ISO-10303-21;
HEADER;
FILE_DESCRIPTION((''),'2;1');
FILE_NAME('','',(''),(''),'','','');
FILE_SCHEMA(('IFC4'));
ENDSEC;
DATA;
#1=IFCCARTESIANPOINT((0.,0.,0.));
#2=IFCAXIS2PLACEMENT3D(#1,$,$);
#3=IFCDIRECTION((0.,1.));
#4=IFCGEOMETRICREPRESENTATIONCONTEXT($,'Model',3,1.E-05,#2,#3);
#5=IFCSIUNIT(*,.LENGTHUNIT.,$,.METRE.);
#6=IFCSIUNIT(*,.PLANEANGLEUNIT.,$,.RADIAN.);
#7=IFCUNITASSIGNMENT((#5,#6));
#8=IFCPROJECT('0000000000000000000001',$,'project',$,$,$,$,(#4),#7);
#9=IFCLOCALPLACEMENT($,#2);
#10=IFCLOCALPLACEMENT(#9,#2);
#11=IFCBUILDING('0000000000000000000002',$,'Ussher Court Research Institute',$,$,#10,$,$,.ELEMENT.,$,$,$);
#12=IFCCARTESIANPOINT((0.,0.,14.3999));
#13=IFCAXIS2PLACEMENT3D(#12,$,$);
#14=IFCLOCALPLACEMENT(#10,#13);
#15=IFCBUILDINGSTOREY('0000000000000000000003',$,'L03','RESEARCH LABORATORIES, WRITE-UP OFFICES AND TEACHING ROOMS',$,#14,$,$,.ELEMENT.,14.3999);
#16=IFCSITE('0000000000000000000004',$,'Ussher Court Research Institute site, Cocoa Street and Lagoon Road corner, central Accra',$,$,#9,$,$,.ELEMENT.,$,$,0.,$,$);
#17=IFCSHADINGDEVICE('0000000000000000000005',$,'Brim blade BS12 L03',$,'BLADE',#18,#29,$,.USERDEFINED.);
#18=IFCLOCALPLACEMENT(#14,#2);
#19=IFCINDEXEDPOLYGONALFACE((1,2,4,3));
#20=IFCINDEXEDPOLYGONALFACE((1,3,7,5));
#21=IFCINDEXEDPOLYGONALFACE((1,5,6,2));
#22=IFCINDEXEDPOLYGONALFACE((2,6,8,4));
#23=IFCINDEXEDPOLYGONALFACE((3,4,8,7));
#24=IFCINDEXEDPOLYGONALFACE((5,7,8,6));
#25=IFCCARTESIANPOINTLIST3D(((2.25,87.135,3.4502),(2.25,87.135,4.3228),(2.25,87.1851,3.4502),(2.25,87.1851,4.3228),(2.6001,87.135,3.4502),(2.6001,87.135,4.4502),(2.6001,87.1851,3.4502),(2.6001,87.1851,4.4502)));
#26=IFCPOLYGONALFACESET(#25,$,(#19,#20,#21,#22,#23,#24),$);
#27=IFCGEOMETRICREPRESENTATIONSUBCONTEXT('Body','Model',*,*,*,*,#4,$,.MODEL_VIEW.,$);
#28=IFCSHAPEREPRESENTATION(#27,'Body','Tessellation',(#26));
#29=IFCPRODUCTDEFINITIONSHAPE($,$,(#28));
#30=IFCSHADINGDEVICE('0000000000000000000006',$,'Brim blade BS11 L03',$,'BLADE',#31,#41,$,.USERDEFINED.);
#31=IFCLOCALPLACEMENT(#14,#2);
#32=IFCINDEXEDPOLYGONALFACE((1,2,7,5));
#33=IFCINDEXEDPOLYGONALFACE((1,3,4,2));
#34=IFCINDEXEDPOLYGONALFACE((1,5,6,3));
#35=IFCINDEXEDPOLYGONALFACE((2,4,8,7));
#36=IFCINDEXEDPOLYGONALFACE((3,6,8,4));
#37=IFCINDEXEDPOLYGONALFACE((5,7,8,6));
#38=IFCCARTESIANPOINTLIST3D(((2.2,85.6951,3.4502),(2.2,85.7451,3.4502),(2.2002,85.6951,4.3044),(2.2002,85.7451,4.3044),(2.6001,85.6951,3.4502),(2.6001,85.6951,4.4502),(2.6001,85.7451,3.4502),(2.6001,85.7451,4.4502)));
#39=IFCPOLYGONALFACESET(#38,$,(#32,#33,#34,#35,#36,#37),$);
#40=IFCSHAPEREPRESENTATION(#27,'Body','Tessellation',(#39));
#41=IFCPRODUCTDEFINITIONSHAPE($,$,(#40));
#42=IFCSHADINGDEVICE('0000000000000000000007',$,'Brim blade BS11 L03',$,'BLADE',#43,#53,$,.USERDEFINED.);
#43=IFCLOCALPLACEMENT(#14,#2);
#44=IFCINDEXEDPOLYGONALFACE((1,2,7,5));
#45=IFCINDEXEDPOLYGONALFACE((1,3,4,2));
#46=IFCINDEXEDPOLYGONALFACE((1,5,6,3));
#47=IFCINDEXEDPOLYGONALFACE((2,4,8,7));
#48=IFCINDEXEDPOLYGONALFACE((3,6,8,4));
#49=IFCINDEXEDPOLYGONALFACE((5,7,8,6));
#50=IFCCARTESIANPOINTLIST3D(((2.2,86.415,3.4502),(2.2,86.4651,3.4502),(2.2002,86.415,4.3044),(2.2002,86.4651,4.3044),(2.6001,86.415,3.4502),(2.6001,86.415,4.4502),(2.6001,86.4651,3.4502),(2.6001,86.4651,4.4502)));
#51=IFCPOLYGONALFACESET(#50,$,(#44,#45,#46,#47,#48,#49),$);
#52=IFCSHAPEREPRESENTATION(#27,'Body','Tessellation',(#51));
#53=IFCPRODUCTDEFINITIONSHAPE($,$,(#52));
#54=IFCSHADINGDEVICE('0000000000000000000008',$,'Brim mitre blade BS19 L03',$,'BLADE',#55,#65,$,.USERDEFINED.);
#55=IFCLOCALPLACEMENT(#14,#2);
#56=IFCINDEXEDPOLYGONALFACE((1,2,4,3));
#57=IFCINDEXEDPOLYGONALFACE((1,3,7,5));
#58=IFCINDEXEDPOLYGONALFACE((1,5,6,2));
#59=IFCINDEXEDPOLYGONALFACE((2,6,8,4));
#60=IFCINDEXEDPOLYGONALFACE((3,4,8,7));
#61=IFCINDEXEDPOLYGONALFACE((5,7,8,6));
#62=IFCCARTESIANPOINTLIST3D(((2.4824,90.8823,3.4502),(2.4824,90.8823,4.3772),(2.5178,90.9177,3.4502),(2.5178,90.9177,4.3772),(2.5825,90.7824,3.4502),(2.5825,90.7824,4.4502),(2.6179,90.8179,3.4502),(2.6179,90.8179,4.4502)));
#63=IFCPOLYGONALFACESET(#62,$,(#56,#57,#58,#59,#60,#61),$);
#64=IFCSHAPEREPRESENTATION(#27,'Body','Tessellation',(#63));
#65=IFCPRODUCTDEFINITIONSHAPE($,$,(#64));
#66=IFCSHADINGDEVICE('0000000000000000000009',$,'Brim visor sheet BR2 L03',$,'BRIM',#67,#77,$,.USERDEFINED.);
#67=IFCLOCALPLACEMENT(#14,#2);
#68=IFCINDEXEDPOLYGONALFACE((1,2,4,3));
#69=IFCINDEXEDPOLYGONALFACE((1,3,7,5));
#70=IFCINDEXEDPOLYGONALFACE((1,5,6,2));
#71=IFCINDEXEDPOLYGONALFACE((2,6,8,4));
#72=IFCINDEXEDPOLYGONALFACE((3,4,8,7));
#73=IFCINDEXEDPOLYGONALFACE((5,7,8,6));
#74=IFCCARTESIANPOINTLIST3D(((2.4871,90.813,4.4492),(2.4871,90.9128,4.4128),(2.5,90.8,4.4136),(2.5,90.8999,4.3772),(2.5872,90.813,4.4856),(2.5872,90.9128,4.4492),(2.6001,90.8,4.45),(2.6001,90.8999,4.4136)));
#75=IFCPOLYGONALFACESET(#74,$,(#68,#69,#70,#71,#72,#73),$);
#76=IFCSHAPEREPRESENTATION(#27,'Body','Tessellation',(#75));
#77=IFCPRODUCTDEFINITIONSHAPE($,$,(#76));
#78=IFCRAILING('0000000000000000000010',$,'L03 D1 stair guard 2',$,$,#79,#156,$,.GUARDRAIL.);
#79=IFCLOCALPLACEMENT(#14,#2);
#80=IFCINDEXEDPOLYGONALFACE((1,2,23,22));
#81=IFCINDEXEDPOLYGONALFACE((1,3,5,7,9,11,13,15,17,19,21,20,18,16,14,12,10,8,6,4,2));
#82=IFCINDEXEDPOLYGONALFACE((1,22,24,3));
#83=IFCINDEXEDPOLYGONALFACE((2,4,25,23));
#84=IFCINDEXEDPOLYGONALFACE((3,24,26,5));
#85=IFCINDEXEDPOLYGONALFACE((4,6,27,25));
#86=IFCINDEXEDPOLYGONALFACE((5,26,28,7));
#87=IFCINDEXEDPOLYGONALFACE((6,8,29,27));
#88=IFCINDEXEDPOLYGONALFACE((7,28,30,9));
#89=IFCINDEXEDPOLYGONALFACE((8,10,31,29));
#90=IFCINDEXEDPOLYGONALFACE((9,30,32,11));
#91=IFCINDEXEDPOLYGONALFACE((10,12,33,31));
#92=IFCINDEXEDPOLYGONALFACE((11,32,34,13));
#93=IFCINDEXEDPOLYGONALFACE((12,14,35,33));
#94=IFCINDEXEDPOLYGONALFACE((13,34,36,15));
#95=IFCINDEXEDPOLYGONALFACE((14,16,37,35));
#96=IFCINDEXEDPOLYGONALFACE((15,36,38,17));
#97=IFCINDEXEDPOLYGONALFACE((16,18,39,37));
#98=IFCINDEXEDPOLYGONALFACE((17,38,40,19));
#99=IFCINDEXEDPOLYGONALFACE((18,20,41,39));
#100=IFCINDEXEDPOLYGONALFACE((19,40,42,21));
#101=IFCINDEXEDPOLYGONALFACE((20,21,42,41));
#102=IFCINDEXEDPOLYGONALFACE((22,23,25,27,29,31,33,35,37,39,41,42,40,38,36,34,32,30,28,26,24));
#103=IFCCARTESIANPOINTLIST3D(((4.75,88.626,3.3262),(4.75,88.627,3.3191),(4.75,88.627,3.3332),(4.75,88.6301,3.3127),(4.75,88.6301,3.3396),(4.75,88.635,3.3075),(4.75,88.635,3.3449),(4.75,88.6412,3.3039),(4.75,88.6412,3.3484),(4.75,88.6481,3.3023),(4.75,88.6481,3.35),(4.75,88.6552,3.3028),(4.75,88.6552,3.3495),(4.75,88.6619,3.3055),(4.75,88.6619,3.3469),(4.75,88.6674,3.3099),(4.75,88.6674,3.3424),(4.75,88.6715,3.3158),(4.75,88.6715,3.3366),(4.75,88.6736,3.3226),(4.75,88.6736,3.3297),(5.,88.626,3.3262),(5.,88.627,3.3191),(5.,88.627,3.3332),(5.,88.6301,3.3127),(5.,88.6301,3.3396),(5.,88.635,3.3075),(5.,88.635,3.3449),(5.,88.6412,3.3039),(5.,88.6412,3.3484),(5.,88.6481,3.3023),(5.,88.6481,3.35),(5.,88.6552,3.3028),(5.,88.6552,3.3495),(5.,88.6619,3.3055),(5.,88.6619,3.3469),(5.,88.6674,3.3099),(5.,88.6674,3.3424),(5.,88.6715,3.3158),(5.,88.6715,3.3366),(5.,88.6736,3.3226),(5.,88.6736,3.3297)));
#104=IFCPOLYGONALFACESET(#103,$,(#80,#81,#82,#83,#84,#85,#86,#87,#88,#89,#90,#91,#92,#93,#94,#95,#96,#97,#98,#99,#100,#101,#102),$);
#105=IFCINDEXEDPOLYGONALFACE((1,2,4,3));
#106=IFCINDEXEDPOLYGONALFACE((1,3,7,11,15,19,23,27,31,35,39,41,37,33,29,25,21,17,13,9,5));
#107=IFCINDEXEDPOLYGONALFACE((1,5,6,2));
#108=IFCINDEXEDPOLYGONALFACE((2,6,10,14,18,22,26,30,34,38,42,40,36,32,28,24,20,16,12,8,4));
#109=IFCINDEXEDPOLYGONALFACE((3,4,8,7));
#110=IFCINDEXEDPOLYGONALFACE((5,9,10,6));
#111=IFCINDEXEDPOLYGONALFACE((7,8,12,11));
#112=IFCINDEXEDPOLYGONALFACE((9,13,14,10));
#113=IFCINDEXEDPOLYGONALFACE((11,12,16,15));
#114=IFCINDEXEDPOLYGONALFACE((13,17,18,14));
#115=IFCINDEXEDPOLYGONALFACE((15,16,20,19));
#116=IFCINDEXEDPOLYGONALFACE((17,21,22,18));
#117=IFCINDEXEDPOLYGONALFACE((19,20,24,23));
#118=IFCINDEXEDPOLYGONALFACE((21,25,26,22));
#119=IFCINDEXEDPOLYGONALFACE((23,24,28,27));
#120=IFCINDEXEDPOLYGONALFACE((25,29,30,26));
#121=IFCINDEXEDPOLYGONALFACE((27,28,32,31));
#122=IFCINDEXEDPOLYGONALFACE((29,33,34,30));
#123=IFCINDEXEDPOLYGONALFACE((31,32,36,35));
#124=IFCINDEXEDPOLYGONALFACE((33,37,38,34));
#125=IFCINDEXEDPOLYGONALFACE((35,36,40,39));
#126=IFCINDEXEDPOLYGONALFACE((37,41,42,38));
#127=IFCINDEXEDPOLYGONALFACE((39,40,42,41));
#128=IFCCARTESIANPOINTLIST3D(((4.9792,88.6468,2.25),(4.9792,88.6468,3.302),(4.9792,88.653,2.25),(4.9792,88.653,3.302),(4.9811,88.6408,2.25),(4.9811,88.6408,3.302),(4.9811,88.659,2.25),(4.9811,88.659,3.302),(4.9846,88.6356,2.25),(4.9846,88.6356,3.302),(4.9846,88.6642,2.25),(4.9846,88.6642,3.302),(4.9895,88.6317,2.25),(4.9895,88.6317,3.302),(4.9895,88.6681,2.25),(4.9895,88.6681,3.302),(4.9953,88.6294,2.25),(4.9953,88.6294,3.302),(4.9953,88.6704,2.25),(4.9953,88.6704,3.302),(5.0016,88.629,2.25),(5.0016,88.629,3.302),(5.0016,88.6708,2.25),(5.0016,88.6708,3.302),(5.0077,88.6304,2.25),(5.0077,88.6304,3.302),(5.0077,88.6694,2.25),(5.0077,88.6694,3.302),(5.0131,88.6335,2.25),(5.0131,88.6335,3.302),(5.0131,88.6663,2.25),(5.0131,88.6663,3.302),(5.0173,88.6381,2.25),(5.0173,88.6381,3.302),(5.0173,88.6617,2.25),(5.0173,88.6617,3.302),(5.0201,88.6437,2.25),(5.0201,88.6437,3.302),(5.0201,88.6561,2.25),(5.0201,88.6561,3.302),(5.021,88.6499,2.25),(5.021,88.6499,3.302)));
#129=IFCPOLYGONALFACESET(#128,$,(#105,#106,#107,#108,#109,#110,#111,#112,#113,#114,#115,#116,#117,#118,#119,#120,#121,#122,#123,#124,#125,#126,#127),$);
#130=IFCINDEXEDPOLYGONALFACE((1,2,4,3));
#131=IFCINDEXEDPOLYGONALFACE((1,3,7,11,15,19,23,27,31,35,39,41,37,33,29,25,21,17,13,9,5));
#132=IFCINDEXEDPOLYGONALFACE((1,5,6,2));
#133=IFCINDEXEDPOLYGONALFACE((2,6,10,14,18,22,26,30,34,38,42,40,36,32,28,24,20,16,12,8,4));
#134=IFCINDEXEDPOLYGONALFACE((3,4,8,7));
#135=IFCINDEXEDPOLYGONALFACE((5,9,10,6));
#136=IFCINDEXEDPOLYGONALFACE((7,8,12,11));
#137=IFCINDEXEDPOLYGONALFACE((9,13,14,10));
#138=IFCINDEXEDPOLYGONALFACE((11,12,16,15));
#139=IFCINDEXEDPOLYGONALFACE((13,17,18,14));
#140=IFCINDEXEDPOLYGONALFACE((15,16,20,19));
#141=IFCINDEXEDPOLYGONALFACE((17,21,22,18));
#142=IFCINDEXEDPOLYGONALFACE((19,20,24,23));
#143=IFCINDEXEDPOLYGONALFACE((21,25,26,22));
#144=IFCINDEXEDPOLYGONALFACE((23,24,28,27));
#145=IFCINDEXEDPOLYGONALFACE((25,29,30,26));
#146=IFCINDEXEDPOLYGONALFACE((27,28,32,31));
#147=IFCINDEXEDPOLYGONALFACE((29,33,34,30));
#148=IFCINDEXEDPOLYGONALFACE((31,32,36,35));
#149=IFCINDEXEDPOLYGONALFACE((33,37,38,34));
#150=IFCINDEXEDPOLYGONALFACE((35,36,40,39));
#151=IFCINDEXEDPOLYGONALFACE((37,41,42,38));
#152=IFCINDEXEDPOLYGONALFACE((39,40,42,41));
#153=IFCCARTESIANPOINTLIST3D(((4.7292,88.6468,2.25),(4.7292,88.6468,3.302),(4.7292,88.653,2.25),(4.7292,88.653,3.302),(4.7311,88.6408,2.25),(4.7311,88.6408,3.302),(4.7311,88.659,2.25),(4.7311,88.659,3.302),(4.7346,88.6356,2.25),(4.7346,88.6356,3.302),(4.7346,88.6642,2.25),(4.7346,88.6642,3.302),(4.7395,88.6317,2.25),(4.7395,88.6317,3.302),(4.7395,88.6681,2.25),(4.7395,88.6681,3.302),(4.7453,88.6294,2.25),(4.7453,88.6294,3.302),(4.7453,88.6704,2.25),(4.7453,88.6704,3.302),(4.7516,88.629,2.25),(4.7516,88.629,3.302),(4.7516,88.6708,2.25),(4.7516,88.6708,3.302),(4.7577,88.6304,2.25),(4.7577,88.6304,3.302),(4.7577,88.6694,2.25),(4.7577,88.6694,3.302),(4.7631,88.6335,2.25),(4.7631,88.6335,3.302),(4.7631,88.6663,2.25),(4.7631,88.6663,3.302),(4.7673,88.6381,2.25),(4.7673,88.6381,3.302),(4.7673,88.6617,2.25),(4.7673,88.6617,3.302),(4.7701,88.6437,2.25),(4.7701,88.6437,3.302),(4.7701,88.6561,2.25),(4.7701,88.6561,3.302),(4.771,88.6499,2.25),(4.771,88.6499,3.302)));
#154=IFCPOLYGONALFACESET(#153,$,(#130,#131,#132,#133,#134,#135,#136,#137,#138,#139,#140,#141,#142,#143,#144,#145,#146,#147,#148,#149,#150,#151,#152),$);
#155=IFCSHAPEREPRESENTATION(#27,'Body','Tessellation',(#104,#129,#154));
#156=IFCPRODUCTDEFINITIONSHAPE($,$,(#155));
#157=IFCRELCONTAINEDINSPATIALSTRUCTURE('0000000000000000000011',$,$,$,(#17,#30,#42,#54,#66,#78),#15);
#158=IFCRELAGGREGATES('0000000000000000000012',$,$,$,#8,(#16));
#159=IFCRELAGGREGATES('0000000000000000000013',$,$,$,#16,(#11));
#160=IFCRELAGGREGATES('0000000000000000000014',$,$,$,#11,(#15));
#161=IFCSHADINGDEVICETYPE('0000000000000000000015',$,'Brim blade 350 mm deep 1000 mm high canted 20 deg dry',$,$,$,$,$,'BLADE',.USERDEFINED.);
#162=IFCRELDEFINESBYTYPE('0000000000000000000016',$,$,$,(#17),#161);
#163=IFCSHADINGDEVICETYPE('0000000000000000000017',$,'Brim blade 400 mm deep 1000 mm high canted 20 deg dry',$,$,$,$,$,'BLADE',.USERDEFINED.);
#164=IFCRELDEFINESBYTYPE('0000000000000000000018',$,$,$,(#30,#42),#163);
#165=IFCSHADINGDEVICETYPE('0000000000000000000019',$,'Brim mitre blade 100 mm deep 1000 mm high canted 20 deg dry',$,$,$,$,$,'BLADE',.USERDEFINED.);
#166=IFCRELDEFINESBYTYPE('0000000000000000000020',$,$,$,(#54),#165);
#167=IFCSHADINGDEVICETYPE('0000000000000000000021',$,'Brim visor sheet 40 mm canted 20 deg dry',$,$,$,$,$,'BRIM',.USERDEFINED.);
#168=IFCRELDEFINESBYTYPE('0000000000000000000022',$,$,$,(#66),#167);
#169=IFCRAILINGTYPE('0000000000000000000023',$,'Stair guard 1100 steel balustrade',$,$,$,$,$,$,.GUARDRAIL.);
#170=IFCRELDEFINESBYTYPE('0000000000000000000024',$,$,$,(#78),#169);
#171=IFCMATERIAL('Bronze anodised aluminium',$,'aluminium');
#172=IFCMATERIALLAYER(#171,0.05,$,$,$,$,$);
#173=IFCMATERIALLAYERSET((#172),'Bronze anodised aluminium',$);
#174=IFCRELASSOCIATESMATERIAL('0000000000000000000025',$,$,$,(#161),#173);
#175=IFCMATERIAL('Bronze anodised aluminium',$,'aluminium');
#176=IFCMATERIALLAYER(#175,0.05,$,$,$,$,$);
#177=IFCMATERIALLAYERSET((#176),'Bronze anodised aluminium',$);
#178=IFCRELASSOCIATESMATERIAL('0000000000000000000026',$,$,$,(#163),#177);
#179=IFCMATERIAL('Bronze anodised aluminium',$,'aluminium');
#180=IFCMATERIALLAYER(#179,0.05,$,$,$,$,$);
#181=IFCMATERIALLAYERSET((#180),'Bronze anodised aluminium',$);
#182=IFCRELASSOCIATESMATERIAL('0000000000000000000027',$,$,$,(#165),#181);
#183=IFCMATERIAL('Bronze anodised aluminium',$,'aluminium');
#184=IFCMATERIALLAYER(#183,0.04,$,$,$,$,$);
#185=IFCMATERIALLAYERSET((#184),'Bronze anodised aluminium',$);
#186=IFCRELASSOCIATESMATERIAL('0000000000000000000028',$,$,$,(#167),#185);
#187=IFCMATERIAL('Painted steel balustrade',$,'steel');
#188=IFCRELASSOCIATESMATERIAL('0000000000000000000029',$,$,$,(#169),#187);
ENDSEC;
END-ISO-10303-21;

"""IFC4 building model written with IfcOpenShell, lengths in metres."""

from ifc_helpers import new_model, si_unit, direction, frame, origin, origin_2d, place, context, subcontext, project, spatial, polyline, circle, outline, extrude, material, layer, layer_set, type_object, element, save


model = new_model("IFC4")

# Units and contexts
model_context = context("Model", 3, precision=1e-05, world=origin(), true_north=direction((0.0, 1.0)))
body_context = subcontext(model_context, "Body", "Model", "MODEL_VIEW")
ifc_project = project(units=[si_unit("LENGTHUNIT", "METRE"), si_unit("PLANEANGLEUNIT", "RADIAN")], contexts=[model_context])

# Site, building, storey
site_placement = place(None, origin())
site = spatial("IfcSite", under=ifc_project, at=site_placement, Name="Ussher Court Research Institute site, Cocoa Street and Lagoon Road corner, central Accra", CompositionType="ELEMENT", RefElevation=0.0)
building_placement = place(site_placement, origin())
building = spatial("IfcBuilding", under=site, at=building_placement, Name="Ussher Court Research Institute", CompositionType="ELEMENT")
storey_placement = place(building_placement, frame((0.0, 0.0, 14.3999)))
storey = spatial("IfcBuildingStorey", under=building, at=storey_placement, Name="L03", Description="RESEARCH LABORATORIES, WRITE-UP OFFICES AND TEACHING ROOMS", CompositionType="ELEMENT", Elevation=14.3999)

# Shading devices
ifc_material_1 = material(Name="Bronze anodised aluminium", Category="aluminium")
ifc_layer_1 = layer(ifc_material_1, 0.05)
ifc_layer_set_1 = layer_set([ifc_layer_1], Name="Bronze anodised aluminium")
shading_device_type_1 = type_object("IfcShadingDeviceType", Name="Brim blade 350 mm deep 1000 mm high canted 20 deg dry", ElementType="BLADE", PredefinedType="USERDEFINED", material=ifc_layer_set_1)
shading_device_1_placement = place(storey_placement, frame((2.6001, 87.1599, 3.4502), z_axis=(0.0, 0.0, 1.0), x_axis=(-1.0, 0.0, 0.0)))
element("IfcShadingDevice", 1, at=shading_device_1_placement, inside=storey, type_object=shading_device_type_1, Name="Brim blade BS12 L03", ObjectType="BLADE", PredefinedType="USERDEFINED", context=body_context, shape_type="SweptSolid", body=[
    extrude(outline(polyline([(0.0, 0.0), (0.3501, 0.0), (0.3501, 0.8726), (0.0, 1.0), (0.0, 0.0)])), frame((0.0, 0.0249, 0.0), z_axis=(0.0, -1.0, 0.0), x_axis=(1.0, 0.0, 0.0)), (0.0, 0.0, 1.0), 0.05),
])
ifc_material_2 = material(Name="Bronze anodised aluminium", Category="aluminium")
ifc_layer_2 = layer(ifc_material_2, 0.05)
ifc_layer_set_2 = layer_set([ifc_layer_2], Name="Bronze anodised aluminium")
shading_device_type_2 = type_object("IfcShadingDeviceType", Name="Brim blade 400 mm deep 1000 mm high canted 20 deg dry", ElementType="BLADE", PredefinedType="USERDEFINED", material=ifc_layer_set_2)
for number, where, z_axis, x_axis, name in (
    (2, (2.6001, 85.72, 3.4502), (0.0, 0.0, 1.0), (-1.0, 0.0, 0.0), "Brim blade BS11 L03"),
    (3, (2.6001, 86.4399, 3.4502), (0.0, 0.0, 1.0), (-1.0, 0.0, 0.0), "Brim blade BS11 L03"),
):
    element("IfcShadingDevice", number, at=place(storey_placement, frame(where, z_axis=z_axis, x_axis=x_axis)), inside=storey, type_object=shading_device_type_2, Name=name, ObjectType="BLADE", PredefinedType="USERDEFINED", context=body_context, shape_type="SweptSolid", body=[
        extrude(outline(polyline([(0.0, 0.0), (0.4001, 0.0), (0.3999, 0.8542), (0.0, 1.0), (0.0, 0.0)])), frame((0.0, 0.0249, 0.0), z_axis=(0.0, -1.0, 0.0), x_axis=(1.0, 0.0, 0.0)), (0.0, 0.0, 1.0), 0.05),
    ])
ifc_material_3 = material(Name="Bronze anodised aluminium", Category="aluminium")
ifc_layer_3 = layer(ifc_material_3, 0.05)
ifc_layer_set_3 = layer_set([ifc_layer_3], Name="Bronze anodised aluminium")
shading_device_type_3 = type_object("IfcShadingDeviceType", Name="Brim mitre blade 100 mm deep 1000 mm high canted 20 deg dry", ElementType="BLADE", PredefinedType="USERDEFINED", material=ifc_layer_set_3)
shading_device_2_placement = place(storey_placement, frame((2.6001, 90.8, 3.4502), z_axis=(0.0, 0.0, 1.0), x_axis=(-0.70797, 0.706243, 0.0)))
element("IfcShadingDevice", 4, at=shading_device_2_placement, inside=storey, type_object=shading_device_type_3, Name="Brim mitre blade BS19 L03", ObjectType="BLADE", PredefinedType="USERDEFINED", context=body_context, shape_type="SweptSolid", body=[
    extrude(outline(polyline([(0.0, 0.0), (0.1414, 0.0), (0.1414, 0.927), (0.0, 1.0), (0.0, 0.0)])), frame((0.0, 0.0249, 0.0), z_axis=(0.0, -1.0, 0.0), x_axis=(1.0, 0.0, 0.0)), (0.0, 0.0, 1.0), 0.05),
])
ifc_material_4 = material(Name="Bronze anodised aluminium", Category="aluminium")
ifc_layer_4 = layer(ifc_material_4, 0.04)
ifc_layer_set_4 = layer_set([ifc_layer_4], Name="Bronze anodised aluminium")
shading_device_type_4 = type_object("IfcShadingDeviceType", Name="Brim visor sheet 40 mm canted 20 deg dry", ElementType="BRIM", PredefinedType="USERDEFINED", material=ifc_layer_set_4)
shading_device_3_placement = place(storey_placement, frame((2.5872, 90.813, 4.4856), z_axis=(-0.323142, 0.323932, 0.889183), x_axis=(0.0, 0.939592, -0.342296)))
element("IfcShadingDevice", 5, at=shading_device_3_placement, inside=storey, type_object=shading_device_type_4, Name="Brim visor sheet BR2 L03", ObjectType="BRIM", PredefinedType="USERDEFINED", context=body_context, shape_type="SweptSolid", body=[
    extrude(outline(polyline([(0.0, 0.0), (0.1063, 0.0), (0.1187, 0.1058), (0.0125, 0.1058), (0.0, 0.0)])), origin(), (0.0, 0.0, -1.0), 0.04),
])

# Railing
ifc_material_5 = material(Name="Painted steel balustrade", Category="steel")
railing_type_1 = type_object("IfcRailingType", Name="Stair guard 1100 steel balustrade", PredefinedType="GUARDRAIL", material=ifc_material_5)
railing_1_placement = place(storey_placement, frame((5.0, 88.6499, 2.25)))
element("IfcRailing", 6, at=railing_1_placement, inside=storey, type_object=railing_type_1, Name="L03 D1 stair guard 2", PredefinedType="GUARDRAIL", context=body_context, shape_type="SweptSolid", body=[
    extrude(circle(Radius=0.0239, at=origin_2d()), frame((0.0, 0.0, 1.0762), z_axis=(-1.0, 0.0, 0.0), x_axis=(0.0, -1.0, 0.0)), (0.0, 0.0, 1.0), 0.25),
    extrude(circle(Radius=0.021, at=origin_2d()), origin(), (0.0, 0.0, 1.0), 1.052),
    extrude(circle(Radius=0.021, at=origin_2d()), frame((-0.25, 0.0, 0.0)), (0.0, 0.0, 1.0), 1.052),
])

save(model, "model.ifc")
